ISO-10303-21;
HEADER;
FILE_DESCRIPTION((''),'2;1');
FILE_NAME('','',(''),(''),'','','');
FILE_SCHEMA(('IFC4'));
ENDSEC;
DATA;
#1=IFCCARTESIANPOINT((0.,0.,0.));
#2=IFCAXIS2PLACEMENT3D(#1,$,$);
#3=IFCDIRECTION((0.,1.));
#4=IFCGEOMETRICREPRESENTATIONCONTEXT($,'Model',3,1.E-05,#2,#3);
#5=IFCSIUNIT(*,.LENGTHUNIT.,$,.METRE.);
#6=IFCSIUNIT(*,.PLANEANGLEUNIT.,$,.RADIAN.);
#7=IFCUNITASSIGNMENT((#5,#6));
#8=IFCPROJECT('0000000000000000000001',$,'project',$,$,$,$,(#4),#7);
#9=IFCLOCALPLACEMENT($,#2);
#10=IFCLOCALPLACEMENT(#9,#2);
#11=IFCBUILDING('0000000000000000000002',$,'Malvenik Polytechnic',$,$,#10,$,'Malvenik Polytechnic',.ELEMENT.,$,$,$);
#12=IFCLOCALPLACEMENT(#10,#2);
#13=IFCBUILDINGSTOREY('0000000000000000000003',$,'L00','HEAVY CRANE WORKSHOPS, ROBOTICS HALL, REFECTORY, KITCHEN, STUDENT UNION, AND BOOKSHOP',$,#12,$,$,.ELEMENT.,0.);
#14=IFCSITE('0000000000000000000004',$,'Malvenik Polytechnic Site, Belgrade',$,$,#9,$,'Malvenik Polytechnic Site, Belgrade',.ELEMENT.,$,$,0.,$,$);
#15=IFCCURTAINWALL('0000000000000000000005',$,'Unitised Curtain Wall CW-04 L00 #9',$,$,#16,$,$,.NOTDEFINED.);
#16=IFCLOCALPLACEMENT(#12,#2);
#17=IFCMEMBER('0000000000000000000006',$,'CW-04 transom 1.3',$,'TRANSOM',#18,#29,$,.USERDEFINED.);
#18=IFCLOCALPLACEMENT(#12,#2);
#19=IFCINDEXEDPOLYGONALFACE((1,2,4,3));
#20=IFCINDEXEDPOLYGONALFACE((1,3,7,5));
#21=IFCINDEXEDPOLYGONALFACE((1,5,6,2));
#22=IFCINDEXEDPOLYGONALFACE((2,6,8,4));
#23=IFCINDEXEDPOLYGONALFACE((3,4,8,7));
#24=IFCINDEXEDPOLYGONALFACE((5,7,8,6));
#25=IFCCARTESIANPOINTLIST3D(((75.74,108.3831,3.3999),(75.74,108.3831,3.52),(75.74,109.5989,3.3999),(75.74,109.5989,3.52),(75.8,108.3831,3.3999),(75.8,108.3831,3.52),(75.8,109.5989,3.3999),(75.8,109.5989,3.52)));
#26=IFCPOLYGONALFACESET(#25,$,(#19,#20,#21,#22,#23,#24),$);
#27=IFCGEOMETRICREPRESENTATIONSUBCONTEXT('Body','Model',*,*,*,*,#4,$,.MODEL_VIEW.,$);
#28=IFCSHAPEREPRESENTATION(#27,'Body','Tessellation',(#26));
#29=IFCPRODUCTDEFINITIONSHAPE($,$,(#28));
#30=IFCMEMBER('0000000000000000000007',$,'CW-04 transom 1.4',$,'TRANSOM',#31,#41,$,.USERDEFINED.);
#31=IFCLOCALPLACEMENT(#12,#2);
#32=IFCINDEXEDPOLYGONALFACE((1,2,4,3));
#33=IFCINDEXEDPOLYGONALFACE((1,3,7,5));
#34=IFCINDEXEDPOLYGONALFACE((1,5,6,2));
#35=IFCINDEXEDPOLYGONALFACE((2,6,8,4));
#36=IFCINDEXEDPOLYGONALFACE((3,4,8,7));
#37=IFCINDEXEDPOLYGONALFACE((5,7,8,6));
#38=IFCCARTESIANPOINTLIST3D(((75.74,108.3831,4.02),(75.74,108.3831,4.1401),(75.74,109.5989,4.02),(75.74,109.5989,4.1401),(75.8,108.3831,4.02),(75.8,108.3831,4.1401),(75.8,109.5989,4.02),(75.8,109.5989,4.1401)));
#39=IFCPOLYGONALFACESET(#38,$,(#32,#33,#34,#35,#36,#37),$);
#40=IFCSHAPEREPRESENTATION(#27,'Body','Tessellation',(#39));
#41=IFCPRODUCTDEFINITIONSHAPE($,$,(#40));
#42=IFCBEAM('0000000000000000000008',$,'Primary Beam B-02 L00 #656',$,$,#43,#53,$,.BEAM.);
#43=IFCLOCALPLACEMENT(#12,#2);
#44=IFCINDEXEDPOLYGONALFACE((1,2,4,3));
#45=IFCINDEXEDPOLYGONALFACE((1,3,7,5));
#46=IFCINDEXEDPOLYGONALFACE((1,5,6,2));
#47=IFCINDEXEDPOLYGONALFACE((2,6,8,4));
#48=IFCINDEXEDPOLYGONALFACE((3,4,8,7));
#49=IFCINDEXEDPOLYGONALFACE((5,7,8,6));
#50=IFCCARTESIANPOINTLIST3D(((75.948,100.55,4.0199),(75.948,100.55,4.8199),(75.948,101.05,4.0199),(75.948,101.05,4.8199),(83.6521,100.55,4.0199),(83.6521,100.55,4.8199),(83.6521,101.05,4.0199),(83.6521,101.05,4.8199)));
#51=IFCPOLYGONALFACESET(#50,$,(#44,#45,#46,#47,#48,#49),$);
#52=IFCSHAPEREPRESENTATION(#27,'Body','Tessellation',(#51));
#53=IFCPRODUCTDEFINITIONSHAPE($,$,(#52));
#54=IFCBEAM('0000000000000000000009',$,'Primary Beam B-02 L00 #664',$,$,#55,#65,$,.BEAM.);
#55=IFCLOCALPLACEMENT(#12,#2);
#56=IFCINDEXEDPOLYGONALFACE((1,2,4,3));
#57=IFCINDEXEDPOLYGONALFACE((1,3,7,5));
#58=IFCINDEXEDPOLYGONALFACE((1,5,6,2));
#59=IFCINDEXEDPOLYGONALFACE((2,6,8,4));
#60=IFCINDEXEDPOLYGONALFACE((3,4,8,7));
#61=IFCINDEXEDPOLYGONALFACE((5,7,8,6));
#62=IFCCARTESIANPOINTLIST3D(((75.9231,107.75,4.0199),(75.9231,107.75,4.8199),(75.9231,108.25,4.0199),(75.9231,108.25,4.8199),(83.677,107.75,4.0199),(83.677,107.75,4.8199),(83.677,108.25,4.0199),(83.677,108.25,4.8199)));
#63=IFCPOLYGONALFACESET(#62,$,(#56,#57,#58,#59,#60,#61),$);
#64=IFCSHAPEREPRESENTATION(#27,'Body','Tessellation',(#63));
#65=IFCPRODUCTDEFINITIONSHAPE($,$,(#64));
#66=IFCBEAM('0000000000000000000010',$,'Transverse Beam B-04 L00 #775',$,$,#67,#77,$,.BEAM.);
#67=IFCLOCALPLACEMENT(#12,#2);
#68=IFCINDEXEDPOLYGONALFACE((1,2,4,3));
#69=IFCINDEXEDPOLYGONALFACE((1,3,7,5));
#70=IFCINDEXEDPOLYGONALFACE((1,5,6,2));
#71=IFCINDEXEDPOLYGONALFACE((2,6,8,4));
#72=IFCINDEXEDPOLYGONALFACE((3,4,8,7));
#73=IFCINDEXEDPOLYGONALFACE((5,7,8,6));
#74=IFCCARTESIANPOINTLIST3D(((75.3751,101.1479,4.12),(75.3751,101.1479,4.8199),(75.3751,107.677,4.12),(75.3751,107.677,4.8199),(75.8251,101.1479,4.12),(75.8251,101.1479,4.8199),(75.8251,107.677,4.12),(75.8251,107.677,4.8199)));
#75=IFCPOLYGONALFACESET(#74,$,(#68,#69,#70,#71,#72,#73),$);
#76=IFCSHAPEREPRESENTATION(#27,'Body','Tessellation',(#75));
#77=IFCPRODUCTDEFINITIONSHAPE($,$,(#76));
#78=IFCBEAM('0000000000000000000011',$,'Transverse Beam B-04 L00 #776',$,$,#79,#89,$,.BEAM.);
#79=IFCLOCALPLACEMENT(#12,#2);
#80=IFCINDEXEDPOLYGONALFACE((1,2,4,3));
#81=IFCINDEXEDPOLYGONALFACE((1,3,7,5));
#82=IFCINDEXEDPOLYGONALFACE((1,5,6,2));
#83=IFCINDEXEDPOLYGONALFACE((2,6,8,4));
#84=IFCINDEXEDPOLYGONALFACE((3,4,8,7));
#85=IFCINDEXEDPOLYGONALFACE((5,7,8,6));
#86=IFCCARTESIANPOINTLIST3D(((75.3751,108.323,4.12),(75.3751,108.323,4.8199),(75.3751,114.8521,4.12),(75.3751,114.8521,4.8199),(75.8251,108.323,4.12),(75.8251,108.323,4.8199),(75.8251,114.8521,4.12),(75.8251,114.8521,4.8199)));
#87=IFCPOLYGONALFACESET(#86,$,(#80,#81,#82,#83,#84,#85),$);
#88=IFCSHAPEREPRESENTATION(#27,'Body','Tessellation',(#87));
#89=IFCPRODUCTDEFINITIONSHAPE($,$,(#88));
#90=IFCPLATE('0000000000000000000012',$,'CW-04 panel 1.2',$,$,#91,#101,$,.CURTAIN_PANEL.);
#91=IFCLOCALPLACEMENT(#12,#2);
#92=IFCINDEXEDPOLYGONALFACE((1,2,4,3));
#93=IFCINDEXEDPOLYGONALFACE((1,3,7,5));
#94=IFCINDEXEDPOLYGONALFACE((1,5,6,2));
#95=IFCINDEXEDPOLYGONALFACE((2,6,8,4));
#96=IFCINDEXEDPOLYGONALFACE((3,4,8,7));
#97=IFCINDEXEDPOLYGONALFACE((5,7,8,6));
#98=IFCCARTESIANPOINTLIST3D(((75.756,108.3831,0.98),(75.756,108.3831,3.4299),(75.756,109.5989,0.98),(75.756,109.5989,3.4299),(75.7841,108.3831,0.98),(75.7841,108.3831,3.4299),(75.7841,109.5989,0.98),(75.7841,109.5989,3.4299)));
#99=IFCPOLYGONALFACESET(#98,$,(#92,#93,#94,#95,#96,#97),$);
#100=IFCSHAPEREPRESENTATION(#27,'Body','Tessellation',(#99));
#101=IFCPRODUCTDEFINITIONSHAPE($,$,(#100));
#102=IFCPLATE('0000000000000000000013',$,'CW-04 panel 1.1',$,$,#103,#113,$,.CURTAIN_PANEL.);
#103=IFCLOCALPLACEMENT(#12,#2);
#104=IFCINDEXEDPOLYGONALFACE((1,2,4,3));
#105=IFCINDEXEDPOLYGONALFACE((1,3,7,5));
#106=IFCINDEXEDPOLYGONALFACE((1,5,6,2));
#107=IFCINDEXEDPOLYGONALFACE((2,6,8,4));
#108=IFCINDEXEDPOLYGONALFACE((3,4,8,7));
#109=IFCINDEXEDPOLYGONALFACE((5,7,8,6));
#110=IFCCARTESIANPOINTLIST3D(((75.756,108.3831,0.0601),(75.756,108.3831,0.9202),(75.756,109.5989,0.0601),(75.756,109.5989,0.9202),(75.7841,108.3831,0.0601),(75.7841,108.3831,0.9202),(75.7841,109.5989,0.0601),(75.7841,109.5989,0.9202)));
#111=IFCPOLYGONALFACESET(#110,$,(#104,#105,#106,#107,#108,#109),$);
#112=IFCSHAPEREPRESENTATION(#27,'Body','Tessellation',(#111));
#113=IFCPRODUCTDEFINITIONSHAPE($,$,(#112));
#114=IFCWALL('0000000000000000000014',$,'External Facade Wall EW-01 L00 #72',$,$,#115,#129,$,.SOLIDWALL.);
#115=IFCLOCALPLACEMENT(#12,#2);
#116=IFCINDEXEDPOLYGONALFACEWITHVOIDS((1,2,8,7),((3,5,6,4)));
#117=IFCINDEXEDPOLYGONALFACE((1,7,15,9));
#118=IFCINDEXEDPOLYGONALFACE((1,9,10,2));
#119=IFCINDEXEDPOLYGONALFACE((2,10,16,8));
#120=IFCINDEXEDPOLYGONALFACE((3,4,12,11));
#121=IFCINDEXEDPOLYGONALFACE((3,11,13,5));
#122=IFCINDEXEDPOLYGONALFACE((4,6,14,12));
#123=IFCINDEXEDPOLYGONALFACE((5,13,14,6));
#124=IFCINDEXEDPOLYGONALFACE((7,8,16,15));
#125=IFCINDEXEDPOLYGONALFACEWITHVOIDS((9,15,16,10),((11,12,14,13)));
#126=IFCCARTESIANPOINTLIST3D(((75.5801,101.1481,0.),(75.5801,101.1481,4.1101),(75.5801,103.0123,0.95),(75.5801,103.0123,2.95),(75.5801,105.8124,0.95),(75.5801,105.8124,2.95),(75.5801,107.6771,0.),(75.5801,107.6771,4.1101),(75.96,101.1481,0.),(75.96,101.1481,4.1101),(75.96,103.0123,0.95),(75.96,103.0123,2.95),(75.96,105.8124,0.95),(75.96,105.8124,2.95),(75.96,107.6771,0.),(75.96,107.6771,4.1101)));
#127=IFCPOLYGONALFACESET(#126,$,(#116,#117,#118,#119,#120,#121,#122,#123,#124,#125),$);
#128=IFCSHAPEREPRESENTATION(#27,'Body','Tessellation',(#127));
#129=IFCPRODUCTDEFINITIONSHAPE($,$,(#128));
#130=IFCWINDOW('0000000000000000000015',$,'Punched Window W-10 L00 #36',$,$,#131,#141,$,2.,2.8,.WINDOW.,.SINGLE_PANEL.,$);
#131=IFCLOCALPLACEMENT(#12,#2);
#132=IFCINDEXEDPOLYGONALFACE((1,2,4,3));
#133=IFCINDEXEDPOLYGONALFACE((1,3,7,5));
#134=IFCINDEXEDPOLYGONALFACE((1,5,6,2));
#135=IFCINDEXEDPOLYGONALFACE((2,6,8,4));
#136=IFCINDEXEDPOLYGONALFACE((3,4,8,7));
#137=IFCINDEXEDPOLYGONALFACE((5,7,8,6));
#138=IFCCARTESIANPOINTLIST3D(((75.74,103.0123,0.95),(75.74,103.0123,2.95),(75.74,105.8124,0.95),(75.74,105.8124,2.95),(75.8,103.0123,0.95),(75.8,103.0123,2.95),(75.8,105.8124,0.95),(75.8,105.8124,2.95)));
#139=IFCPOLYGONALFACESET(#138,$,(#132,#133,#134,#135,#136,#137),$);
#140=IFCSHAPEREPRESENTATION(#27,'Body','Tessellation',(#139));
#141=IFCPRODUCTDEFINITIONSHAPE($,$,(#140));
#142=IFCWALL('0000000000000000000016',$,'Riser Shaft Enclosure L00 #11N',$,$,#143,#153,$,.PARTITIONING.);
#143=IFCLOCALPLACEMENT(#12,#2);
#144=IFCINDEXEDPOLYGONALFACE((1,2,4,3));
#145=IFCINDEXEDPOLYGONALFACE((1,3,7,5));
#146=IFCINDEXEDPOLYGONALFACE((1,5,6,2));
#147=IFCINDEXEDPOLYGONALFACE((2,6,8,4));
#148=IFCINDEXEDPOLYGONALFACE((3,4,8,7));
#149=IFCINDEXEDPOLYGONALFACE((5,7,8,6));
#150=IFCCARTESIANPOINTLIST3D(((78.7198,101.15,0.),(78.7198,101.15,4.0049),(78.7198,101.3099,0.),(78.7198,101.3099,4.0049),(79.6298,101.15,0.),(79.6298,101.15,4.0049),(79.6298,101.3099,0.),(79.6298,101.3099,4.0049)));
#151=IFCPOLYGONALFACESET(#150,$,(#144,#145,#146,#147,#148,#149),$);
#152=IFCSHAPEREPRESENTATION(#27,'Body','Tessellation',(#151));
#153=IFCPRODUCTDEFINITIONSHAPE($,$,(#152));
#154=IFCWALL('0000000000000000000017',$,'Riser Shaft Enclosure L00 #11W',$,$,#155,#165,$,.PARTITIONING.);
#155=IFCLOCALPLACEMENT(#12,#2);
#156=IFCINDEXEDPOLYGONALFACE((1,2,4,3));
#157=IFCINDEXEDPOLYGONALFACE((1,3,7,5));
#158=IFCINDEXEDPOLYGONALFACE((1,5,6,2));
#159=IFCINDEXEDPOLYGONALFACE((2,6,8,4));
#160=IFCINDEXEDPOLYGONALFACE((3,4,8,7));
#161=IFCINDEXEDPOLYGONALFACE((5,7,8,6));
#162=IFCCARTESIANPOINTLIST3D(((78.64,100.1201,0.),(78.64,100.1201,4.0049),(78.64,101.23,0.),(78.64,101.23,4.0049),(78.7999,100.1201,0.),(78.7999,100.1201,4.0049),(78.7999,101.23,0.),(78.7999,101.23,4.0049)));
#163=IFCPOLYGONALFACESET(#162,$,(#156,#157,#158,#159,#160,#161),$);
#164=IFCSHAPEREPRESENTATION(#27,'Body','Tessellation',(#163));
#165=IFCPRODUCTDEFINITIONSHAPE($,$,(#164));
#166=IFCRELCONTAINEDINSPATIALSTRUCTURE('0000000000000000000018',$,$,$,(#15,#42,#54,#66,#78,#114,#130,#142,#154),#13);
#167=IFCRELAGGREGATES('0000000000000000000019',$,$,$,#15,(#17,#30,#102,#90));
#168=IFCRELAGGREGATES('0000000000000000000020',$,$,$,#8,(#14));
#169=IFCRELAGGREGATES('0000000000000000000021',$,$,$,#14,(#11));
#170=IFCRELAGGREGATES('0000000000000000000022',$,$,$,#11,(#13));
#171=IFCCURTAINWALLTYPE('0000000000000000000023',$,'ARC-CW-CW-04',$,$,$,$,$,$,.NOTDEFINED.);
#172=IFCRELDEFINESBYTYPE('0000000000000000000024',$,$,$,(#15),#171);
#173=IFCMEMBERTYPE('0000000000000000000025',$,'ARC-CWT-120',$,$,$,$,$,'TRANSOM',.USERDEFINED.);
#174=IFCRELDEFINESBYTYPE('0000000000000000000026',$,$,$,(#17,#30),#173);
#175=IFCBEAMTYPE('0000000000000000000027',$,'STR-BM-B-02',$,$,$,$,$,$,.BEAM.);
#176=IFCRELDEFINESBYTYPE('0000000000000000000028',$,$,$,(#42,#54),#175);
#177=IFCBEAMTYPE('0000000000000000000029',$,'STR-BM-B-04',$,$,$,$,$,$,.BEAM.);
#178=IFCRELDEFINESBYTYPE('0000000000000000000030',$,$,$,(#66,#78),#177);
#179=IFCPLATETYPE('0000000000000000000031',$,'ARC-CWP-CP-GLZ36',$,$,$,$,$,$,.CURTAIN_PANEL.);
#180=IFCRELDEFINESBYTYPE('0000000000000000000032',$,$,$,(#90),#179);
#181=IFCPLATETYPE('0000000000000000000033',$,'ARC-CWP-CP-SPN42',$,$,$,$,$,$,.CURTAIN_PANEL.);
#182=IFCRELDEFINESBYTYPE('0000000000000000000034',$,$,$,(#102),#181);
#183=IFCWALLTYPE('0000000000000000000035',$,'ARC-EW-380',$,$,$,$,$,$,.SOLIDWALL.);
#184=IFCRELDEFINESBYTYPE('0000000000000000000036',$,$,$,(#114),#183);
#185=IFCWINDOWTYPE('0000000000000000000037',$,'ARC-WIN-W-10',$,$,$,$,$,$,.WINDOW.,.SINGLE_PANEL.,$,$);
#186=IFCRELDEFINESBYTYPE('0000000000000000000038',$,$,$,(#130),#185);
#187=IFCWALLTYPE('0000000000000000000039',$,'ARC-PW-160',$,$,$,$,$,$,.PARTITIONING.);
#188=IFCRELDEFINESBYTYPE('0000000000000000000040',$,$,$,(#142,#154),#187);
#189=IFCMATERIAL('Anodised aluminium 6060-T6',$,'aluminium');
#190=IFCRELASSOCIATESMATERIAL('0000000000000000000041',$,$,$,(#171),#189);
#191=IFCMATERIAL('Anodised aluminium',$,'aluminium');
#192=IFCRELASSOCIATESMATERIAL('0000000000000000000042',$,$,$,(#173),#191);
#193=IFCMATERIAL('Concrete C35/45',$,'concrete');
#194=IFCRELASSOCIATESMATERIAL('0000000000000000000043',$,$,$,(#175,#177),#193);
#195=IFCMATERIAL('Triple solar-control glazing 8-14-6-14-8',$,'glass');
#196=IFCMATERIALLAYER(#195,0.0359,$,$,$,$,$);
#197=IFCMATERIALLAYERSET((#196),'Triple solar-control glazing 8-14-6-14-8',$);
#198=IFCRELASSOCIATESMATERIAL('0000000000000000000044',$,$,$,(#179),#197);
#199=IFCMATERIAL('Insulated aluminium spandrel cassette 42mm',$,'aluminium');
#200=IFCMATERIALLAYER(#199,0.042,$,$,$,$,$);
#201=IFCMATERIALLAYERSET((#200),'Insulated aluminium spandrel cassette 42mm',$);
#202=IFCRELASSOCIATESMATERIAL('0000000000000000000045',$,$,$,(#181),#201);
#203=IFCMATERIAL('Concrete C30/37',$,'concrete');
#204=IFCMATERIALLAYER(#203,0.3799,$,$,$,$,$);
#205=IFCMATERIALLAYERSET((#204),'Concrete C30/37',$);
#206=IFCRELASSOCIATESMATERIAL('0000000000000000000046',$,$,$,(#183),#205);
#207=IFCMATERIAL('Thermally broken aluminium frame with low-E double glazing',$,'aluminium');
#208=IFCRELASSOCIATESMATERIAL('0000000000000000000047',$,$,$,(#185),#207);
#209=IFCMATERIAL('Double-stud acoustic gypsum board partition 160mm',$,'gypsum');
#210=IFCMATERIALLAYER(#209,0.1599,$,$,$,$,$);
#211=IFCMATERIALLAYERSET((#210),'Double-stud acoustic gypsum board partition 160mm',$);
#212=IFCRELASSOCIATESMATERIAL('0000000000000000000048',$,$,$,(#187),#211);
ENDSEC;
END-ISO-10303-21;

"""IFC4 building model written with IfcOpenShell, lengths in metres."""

from ifc_helpers import new_model, si_unit, direction, frame, frame_2d, origin, origin_2d, place, context, subcontext, project, spatial, rectangle, extrude, material, layer, layer_set, material_profile, profile_set, type_object, element, fill, aggregate, save


model = new_model("IFC4")

# Units and contexts
model_context = context("Model", 3, precision=1e-05, world=origin(), true_north=direction((0.0, 1.0)))
body_context = subcontext(model_context, "Body", "Model", "MODEL_VIEW")
ifc_project = project(units=[si_unit("LENGTHUNIT", "METRE"), si_unit("PLANEANGLEUNIT", "RADIAN")], contexts=[model_context])

# Site, building, storey
site_placement = place(None, origin())
site = spatial("IfcSite", under=ifc_project, at=site_placement, Name="Malvenik Polytechnic Site, Belgrade", LongName="Malvenik Polytechnic Site, Belgrade", CompositionType="ELEMENT", RefElevation=0.0)
building_placement = place(site_placement, origin())
building = spatial("IfcBuilding", under=site, at=building_placement, Name="Malvenik Polytechnic", LongName="Malvenik Polytechnic", CompositionType="ELEMENT")
storey_placement = place(building_placement, origin())
storey = spatial("IfcBuildingStorey", under=building, at=storey_placement, Name="L00", Description="HEAVY CRANE WORKSHOPS, ROBOTICS HALL, REFECTORY, KITCHEN, STUDENT UNION, AND BOOKSHOP", CompositionType="ELEMENT", Elevation=0.0)

# Shared definitions
ifc_material_1 = material(Name="Concrete C35/45", Category="concrete")

# Curtain wall, members
ifc_material_2 = material(Name="Anodised aluminium 6060-T6", Category="aluminium")
curtain_wall_type = type_object("IfcCurtainWallType", Name="ARC-CW-CW-04", PredefinedType="NOTDEFINED", material=ifc_material_2)
curtain_wall_placement = place(storey_placement, origin())
curtain_wall = element("IfcCurtainWall", 1, at=curtain_wall_placement, inside=storey, type_object=curtain_wall_type, Name="Unitised Curtain Wall CW-04 L00 #9", PredefinedType="NOTDEFINED")
ifc_material_3 = material(Name="Anodised aluminium", Category="aluminium")
ifc_material_profile_1 = material_profile(ifc_material_3, rectangle(XDim=0.0601, YDim=0.1201, at=origin_2d()), Name="ALU TRANSOM 60x120")
ifc_profile_set_1 = profile_set([ifc_material_profile_1], Name="Anodised aluminium")
member_type_1 = type_object("IfcMemberType", Name="ARC-CWT-120", ElementType="TRANSOM", PredefinedType="USERDEFINED", material=ifc_profile_set_1)
member_1_placement = place(storey_placement, frame((75.77, 108.3831, 3.46), z_axis=(0.0, 1.0, 0.0), x_axis=(-1.0, 0.0, 0.0)))
member_1 = element("IfcMember", 2, at=member_1_placement, type_object=member_type_1, Name="CW-04 transom 1.3", ObjectType="TRANSOM", PredefinedType="USERDEFINED", context=body_context, shape_type="SweptSolid", body=[
    extrude(rectangle(XDim=0.0601, YDim=0.1201, at=origin_2d()), origin(), (0.0, 0.0, 1.0), 1.2158),
])
member_2_placement = place(storey_placement, frame((75.77, 108.3831, 4.0801), z_axis=(0.0, 1.0, 0.0), x_axis=(-1.0, 0.0, 0.0)))
member_2 = element("IfcMember", 3, at=member_2_placement, type_object=member_type_1, Name="CW-04 transom 1.4", ObjectType="TRANSOM", PredefinedType="USERDEFINED", context=body_context, shape_type="SweptSolid", body=[
    extrude(rectangle(XDim=0.0601, YDim=0.1201, at=origin_2d()), origin(), (0.0, 0.0, 1.0), 1.2158),
])

# Beams
ifc_material_profile_2 = material_profile(ifc_material_1, rectangle(XDim=0.5, YDim=0.8, at=origin_2d()), Name="RC BM 500x800")
ifc_profile_set_2 = profile_set([ifc_material_profile_2], Name="Concrete C35/45")
beam_type_1 = type_object("IfcBeamType", Name="STR-BM-B-02", PredefinedType="BEAM", material=ifc_profile_set_2)
beam_1_placement = place(storey_placement, frame((75.948, 100.8, 4.4199), z_axis=(1.0, 0.0, 0.0), x_axis=(0.0, 1.0, 0.0)))
element("IfcBeam", 4, at=beam_1_placement, inside=storey, type_object=beam_type_1, Name="Primary Beam B-02 L00 #656", PredefinedType="BEAM", context=body_context, shape_type="SweptSolid", body=[
    extrude(rectangle(XDim=0.5, YDim=0.8, at=origin_2d()), origin(), (0.0, 0.0, 1.0), 7.7041),
])
beam_2_placement = place(storey_placement, frame((75.9231, 108.0, 4.4199), z_axis=(1.0, 0.0, 0.0), x_axis=(0.0, 1.0, 0.0)))
element("IfcBeam", 5, at=beam_2_placement, inside=storey, type_object=beam_type_1, Name="Primary Beam B-02 L00 #664", PredefinedType="BEAM", context=body_context, shape_type="SweptSolid", body=[
    extrude(rectangle(XDim=0.5, YDim=0.8, at=origin_2d()), origin(), (0.0, 0.0, 1.0), 7.7539),
])
ifc_material_profile_3 = material_profile(ifc_material_1, rectangle(XDim=0.45, YDim=0.7, at=origin_2d()), Name="RC BM 450x700")
ifc_profile_set_3 = profile_set([ifc_material_profile_3], Name="Concrete C35/45")
beam_type_2 = type_object("IfcBeamType", Name="STR-BM-B-04", PredefinedType="BEAM", material=ifc_profile_set_3)
for number, where, z_axis, x_axis, name in (
    (6, (75.6001, 101.1479, 4.47), (0.0, 1.0, 0.0), (-1.0, 0.0, 0.0), "Transverse Beam B-04 L00 #775"),
    (7, (75.6001, 108.323, 4.47), (0.0, 1.0, 0.0), (-1.0, 0.0, 0.0), "Transverse Beam B-04 L00 #776"),
):
    element("IfcBeam", number, at=place(storey_placement, frame(where, z_axis=z_axis, x_axis=x_axis)), inside=storey, type_object=beam_type_2, Name=name, PredefinedType="BEAM", context=body_context, shape_type="SweptSolid", body=[
        extrude(rectangle(XDim=0.45, YDim=0.7, at=origin_2d()), origin(), (0.0, 0.0, 1.0), 6.5291),
    ])

# Plates
ifc_material_4 = material(Name="Triple solar-control glazing 8-14-6-14-8", Category="glass")
ifc_layer_1 = layer(ifc_material_4, 0.0359)
ifc_layer_set_1 = layer_set([ifc_layer_1], Name="Triple solar-control glazing 8-14-6-14-8")
plate_type_1 = type_object("IfcPlateType", Name="ARC-CWP-CP-GLZ36", PredefinedType="CURTAIN_PANEL", material=ifc_layer_set_1)
plate_1_placement = place(storey_placement, frame((75.77, 108.991, 0.98), z_axis=(0.0, 0.0, 1.0), x_axis=(0.0, 1.0, 0.0)))
plate_1 = element("IfcPlate", 8, at=plate_1_placement, type_object=plate_type_1, Name="CW-04 panel 1.2", PredefinedType="CURTAIN_PANEL", context=body_context, shape_type="SweptSolid", body=[
    extrude(rectangle(XDim=1.2158, YDim=0.0281, at=origin_2d()), origin(), (0.0, 0.0, 1.0), 2.45),
])
ifc_material_5 = material(Name="Insulated aluminium spandrel cassette 42mm", Category="aluminium")
ifc_layer_2 = layer(ifc_material_5, 0.042)
ifc_layer_set_2 = layer_set([ifc_layer_2], Name="Insulated aluminium spandrel cassette 42mm")
plate_type_2 = type_object("IfcPlateType", Name="ARC-CWP-CP-SPN42", PredefinedType="CURTAIN_PANEL", material=ifc_layer_set_2)
plate_2_placement = place(storey_placement, frame((75.77, 108.991, 0.0601), z_axis=(0.0, 0.0, 1.0), x_axis=(0.0, 1.0, 0.0)))
plate_2 = element("IfcPlate", 9, at=plate_2_placement, type_object=plate_type_2, Name="CW-04 panel 1.1", PredefinedType="CURTAIN_PANEL", context=body_context, shape_type="SweptSolid", body=[
    extrude(rectangle(XDim=1.2158, YDim=0.0281, at=origin_2d()), origin(), (0.0, 0.0, 1.0), 0.8601),
])
aggregate(curtain_wall, [member_1, member_2, plate_2, plate_1])

# Wall, opening, window
ifc_material_6 = material(Name="Concrete C30/37", Category="concrete")
ifc_layer_3 = layer(ifc_material_6, 0.3799)
ifc_layer_set_3 = layer_set([ifc_layer_3], Name="Concrete C30/37")
wall_type_1 = type_object("IfcWallType", Name="ARC-EW-380", PredefinedType="SOLIDWALL", material=ifc_layer_set_3)
wall_1_placement = place(storey_placement, frame((75.77, 101.1479, 0.0), z_axis=(0.0, 0.0, 1.0), x_axis=(0.0, 1.0, 0.0)))
wall_1 = element("IfcWall", 10, at=wall_1_placement, inside=storey, type_object=wall_type_1, Name="External Facade Wall EW-01 L00 #72", PredefinedType="SOLIDWALL", context=body_context, shape_type="SweptSolid", body=[
    extrude(rectangle(XDim=6.5291, YDim=0.3799, at=frame_2d((3.2646, 0.0))), origin(), (0.0, 0.0, 1.0), 4.1101),
])
opening_placement = place(wall_1_placement, frame((1.8645, 0.0, 0.95)))
opening = element("IfcOpeningElement", 11, at=opening_placement, cuts=wall_1, PredefinedType="OPENING", context=body_context, shape_type="SweptSolid", body=[
    extrude(rectangle(XDim=2.8, YDim=2.0, at=frame_2d((1.3999, 1.0))), frame((0.0, 0.2, 0.0), z_axis=(0.0, -1.0, 0.0), x_axis=(1.0, 0.0, 0.0)), (0.0, 0.0, 1.0), 0.3999),
])
ifc_material_7 = material(Name="Thermally broken aluminium frame with low-E double glazing", Category="aluminium")
window_type = type_object("IfcWindowType", Name="ARC-WIN-W-10", PartitioningType="SINGLE_PANEL", PredefinedType="WINDOW", material=ifc_material_7)
window_placement = place(opening_placement, origin())
window = element("IfcWindow", 12, at=window_placement, inside=storey, type_object=window_type, Name="Punched Window W-10 L00 #36", OverallHeight=2.0, OverallWidth=2.8, PartitioningType="SINGLE_PANEL", PredefinedType="WINDOW", context=body_context, shape_type="SweptSolid", body=[
    extrude(rectangle(XDim=2.8, YDim=2.0, at=frame_2d((1.3999, 1.0))), frame((0.0, 0.03, 0.0), z_axis=(0.0, -1.0, 0.0), x_axis=(1.0, 0.0, 0.0)), (0.0, 0.0, 1.0), 0.0601),
])
fill(opening, window)

# Walls
ifc_material_8 = material(Name="Double-stud acoustic gypsum board partition 160mm", Category="gypsum")
ifc_layer_4 = layer(ifc_material_8, 0.1599)
ifc_layer_set_4 = layer_set([ifc_layer_4], Name="Double-stud acoustic gypsum board partition 160mm")
wall_type_2 = type_object("IfcWallType", Name="ARC-PW-160", PredefinedType="PARTITIONING", material=ifc_layer_set_4)
wall_2_placement = place(storey_placement, frame((79.6299, 101.23, 0.0), z_axis=(0.0, 0.0, 1.0), x_axis=(-1.0, 0.0, 0.0)))
element("IfcWall", 13, at=wall_2_placement, inside=storey, type_object=wall_type_2, Name="Riser Shaft Enclosure L00 #11N", PredefinedType="PARTITIONING", context=body_context, shape_type="SweptSolid", body=[
    extrude(rectangle(XDim=0.9099, YDim=0.1599, at=frame_2d((0.4551, 0.0))), origin(), (0.0, 0.0, 1.0), 4.0049),
])
wall_3_placement = place(storey_placement, frame((78.72, 101.23, 0.0), z_axis=(0.0, 0.0, 1.0), x_axis=(0.0, -1.0, 0.0)))
element("IfcWall", 14, at=wall_3_placement, inside=storey, type_object=wall_type_2, Name="Riser Shaft Enclosure L00 #11W", PredefinedType="PARTITIONING", context=body_context, shape_type="SweptSolid", body=[
    extrude(rectangle(XDim=1.1099, YDim=0.1599, at=frame_2d((0.5549, 0.0))), origin(), (0.0, 0.0, 1.0), 4.0049),
])

save(model, "model.ifc")
